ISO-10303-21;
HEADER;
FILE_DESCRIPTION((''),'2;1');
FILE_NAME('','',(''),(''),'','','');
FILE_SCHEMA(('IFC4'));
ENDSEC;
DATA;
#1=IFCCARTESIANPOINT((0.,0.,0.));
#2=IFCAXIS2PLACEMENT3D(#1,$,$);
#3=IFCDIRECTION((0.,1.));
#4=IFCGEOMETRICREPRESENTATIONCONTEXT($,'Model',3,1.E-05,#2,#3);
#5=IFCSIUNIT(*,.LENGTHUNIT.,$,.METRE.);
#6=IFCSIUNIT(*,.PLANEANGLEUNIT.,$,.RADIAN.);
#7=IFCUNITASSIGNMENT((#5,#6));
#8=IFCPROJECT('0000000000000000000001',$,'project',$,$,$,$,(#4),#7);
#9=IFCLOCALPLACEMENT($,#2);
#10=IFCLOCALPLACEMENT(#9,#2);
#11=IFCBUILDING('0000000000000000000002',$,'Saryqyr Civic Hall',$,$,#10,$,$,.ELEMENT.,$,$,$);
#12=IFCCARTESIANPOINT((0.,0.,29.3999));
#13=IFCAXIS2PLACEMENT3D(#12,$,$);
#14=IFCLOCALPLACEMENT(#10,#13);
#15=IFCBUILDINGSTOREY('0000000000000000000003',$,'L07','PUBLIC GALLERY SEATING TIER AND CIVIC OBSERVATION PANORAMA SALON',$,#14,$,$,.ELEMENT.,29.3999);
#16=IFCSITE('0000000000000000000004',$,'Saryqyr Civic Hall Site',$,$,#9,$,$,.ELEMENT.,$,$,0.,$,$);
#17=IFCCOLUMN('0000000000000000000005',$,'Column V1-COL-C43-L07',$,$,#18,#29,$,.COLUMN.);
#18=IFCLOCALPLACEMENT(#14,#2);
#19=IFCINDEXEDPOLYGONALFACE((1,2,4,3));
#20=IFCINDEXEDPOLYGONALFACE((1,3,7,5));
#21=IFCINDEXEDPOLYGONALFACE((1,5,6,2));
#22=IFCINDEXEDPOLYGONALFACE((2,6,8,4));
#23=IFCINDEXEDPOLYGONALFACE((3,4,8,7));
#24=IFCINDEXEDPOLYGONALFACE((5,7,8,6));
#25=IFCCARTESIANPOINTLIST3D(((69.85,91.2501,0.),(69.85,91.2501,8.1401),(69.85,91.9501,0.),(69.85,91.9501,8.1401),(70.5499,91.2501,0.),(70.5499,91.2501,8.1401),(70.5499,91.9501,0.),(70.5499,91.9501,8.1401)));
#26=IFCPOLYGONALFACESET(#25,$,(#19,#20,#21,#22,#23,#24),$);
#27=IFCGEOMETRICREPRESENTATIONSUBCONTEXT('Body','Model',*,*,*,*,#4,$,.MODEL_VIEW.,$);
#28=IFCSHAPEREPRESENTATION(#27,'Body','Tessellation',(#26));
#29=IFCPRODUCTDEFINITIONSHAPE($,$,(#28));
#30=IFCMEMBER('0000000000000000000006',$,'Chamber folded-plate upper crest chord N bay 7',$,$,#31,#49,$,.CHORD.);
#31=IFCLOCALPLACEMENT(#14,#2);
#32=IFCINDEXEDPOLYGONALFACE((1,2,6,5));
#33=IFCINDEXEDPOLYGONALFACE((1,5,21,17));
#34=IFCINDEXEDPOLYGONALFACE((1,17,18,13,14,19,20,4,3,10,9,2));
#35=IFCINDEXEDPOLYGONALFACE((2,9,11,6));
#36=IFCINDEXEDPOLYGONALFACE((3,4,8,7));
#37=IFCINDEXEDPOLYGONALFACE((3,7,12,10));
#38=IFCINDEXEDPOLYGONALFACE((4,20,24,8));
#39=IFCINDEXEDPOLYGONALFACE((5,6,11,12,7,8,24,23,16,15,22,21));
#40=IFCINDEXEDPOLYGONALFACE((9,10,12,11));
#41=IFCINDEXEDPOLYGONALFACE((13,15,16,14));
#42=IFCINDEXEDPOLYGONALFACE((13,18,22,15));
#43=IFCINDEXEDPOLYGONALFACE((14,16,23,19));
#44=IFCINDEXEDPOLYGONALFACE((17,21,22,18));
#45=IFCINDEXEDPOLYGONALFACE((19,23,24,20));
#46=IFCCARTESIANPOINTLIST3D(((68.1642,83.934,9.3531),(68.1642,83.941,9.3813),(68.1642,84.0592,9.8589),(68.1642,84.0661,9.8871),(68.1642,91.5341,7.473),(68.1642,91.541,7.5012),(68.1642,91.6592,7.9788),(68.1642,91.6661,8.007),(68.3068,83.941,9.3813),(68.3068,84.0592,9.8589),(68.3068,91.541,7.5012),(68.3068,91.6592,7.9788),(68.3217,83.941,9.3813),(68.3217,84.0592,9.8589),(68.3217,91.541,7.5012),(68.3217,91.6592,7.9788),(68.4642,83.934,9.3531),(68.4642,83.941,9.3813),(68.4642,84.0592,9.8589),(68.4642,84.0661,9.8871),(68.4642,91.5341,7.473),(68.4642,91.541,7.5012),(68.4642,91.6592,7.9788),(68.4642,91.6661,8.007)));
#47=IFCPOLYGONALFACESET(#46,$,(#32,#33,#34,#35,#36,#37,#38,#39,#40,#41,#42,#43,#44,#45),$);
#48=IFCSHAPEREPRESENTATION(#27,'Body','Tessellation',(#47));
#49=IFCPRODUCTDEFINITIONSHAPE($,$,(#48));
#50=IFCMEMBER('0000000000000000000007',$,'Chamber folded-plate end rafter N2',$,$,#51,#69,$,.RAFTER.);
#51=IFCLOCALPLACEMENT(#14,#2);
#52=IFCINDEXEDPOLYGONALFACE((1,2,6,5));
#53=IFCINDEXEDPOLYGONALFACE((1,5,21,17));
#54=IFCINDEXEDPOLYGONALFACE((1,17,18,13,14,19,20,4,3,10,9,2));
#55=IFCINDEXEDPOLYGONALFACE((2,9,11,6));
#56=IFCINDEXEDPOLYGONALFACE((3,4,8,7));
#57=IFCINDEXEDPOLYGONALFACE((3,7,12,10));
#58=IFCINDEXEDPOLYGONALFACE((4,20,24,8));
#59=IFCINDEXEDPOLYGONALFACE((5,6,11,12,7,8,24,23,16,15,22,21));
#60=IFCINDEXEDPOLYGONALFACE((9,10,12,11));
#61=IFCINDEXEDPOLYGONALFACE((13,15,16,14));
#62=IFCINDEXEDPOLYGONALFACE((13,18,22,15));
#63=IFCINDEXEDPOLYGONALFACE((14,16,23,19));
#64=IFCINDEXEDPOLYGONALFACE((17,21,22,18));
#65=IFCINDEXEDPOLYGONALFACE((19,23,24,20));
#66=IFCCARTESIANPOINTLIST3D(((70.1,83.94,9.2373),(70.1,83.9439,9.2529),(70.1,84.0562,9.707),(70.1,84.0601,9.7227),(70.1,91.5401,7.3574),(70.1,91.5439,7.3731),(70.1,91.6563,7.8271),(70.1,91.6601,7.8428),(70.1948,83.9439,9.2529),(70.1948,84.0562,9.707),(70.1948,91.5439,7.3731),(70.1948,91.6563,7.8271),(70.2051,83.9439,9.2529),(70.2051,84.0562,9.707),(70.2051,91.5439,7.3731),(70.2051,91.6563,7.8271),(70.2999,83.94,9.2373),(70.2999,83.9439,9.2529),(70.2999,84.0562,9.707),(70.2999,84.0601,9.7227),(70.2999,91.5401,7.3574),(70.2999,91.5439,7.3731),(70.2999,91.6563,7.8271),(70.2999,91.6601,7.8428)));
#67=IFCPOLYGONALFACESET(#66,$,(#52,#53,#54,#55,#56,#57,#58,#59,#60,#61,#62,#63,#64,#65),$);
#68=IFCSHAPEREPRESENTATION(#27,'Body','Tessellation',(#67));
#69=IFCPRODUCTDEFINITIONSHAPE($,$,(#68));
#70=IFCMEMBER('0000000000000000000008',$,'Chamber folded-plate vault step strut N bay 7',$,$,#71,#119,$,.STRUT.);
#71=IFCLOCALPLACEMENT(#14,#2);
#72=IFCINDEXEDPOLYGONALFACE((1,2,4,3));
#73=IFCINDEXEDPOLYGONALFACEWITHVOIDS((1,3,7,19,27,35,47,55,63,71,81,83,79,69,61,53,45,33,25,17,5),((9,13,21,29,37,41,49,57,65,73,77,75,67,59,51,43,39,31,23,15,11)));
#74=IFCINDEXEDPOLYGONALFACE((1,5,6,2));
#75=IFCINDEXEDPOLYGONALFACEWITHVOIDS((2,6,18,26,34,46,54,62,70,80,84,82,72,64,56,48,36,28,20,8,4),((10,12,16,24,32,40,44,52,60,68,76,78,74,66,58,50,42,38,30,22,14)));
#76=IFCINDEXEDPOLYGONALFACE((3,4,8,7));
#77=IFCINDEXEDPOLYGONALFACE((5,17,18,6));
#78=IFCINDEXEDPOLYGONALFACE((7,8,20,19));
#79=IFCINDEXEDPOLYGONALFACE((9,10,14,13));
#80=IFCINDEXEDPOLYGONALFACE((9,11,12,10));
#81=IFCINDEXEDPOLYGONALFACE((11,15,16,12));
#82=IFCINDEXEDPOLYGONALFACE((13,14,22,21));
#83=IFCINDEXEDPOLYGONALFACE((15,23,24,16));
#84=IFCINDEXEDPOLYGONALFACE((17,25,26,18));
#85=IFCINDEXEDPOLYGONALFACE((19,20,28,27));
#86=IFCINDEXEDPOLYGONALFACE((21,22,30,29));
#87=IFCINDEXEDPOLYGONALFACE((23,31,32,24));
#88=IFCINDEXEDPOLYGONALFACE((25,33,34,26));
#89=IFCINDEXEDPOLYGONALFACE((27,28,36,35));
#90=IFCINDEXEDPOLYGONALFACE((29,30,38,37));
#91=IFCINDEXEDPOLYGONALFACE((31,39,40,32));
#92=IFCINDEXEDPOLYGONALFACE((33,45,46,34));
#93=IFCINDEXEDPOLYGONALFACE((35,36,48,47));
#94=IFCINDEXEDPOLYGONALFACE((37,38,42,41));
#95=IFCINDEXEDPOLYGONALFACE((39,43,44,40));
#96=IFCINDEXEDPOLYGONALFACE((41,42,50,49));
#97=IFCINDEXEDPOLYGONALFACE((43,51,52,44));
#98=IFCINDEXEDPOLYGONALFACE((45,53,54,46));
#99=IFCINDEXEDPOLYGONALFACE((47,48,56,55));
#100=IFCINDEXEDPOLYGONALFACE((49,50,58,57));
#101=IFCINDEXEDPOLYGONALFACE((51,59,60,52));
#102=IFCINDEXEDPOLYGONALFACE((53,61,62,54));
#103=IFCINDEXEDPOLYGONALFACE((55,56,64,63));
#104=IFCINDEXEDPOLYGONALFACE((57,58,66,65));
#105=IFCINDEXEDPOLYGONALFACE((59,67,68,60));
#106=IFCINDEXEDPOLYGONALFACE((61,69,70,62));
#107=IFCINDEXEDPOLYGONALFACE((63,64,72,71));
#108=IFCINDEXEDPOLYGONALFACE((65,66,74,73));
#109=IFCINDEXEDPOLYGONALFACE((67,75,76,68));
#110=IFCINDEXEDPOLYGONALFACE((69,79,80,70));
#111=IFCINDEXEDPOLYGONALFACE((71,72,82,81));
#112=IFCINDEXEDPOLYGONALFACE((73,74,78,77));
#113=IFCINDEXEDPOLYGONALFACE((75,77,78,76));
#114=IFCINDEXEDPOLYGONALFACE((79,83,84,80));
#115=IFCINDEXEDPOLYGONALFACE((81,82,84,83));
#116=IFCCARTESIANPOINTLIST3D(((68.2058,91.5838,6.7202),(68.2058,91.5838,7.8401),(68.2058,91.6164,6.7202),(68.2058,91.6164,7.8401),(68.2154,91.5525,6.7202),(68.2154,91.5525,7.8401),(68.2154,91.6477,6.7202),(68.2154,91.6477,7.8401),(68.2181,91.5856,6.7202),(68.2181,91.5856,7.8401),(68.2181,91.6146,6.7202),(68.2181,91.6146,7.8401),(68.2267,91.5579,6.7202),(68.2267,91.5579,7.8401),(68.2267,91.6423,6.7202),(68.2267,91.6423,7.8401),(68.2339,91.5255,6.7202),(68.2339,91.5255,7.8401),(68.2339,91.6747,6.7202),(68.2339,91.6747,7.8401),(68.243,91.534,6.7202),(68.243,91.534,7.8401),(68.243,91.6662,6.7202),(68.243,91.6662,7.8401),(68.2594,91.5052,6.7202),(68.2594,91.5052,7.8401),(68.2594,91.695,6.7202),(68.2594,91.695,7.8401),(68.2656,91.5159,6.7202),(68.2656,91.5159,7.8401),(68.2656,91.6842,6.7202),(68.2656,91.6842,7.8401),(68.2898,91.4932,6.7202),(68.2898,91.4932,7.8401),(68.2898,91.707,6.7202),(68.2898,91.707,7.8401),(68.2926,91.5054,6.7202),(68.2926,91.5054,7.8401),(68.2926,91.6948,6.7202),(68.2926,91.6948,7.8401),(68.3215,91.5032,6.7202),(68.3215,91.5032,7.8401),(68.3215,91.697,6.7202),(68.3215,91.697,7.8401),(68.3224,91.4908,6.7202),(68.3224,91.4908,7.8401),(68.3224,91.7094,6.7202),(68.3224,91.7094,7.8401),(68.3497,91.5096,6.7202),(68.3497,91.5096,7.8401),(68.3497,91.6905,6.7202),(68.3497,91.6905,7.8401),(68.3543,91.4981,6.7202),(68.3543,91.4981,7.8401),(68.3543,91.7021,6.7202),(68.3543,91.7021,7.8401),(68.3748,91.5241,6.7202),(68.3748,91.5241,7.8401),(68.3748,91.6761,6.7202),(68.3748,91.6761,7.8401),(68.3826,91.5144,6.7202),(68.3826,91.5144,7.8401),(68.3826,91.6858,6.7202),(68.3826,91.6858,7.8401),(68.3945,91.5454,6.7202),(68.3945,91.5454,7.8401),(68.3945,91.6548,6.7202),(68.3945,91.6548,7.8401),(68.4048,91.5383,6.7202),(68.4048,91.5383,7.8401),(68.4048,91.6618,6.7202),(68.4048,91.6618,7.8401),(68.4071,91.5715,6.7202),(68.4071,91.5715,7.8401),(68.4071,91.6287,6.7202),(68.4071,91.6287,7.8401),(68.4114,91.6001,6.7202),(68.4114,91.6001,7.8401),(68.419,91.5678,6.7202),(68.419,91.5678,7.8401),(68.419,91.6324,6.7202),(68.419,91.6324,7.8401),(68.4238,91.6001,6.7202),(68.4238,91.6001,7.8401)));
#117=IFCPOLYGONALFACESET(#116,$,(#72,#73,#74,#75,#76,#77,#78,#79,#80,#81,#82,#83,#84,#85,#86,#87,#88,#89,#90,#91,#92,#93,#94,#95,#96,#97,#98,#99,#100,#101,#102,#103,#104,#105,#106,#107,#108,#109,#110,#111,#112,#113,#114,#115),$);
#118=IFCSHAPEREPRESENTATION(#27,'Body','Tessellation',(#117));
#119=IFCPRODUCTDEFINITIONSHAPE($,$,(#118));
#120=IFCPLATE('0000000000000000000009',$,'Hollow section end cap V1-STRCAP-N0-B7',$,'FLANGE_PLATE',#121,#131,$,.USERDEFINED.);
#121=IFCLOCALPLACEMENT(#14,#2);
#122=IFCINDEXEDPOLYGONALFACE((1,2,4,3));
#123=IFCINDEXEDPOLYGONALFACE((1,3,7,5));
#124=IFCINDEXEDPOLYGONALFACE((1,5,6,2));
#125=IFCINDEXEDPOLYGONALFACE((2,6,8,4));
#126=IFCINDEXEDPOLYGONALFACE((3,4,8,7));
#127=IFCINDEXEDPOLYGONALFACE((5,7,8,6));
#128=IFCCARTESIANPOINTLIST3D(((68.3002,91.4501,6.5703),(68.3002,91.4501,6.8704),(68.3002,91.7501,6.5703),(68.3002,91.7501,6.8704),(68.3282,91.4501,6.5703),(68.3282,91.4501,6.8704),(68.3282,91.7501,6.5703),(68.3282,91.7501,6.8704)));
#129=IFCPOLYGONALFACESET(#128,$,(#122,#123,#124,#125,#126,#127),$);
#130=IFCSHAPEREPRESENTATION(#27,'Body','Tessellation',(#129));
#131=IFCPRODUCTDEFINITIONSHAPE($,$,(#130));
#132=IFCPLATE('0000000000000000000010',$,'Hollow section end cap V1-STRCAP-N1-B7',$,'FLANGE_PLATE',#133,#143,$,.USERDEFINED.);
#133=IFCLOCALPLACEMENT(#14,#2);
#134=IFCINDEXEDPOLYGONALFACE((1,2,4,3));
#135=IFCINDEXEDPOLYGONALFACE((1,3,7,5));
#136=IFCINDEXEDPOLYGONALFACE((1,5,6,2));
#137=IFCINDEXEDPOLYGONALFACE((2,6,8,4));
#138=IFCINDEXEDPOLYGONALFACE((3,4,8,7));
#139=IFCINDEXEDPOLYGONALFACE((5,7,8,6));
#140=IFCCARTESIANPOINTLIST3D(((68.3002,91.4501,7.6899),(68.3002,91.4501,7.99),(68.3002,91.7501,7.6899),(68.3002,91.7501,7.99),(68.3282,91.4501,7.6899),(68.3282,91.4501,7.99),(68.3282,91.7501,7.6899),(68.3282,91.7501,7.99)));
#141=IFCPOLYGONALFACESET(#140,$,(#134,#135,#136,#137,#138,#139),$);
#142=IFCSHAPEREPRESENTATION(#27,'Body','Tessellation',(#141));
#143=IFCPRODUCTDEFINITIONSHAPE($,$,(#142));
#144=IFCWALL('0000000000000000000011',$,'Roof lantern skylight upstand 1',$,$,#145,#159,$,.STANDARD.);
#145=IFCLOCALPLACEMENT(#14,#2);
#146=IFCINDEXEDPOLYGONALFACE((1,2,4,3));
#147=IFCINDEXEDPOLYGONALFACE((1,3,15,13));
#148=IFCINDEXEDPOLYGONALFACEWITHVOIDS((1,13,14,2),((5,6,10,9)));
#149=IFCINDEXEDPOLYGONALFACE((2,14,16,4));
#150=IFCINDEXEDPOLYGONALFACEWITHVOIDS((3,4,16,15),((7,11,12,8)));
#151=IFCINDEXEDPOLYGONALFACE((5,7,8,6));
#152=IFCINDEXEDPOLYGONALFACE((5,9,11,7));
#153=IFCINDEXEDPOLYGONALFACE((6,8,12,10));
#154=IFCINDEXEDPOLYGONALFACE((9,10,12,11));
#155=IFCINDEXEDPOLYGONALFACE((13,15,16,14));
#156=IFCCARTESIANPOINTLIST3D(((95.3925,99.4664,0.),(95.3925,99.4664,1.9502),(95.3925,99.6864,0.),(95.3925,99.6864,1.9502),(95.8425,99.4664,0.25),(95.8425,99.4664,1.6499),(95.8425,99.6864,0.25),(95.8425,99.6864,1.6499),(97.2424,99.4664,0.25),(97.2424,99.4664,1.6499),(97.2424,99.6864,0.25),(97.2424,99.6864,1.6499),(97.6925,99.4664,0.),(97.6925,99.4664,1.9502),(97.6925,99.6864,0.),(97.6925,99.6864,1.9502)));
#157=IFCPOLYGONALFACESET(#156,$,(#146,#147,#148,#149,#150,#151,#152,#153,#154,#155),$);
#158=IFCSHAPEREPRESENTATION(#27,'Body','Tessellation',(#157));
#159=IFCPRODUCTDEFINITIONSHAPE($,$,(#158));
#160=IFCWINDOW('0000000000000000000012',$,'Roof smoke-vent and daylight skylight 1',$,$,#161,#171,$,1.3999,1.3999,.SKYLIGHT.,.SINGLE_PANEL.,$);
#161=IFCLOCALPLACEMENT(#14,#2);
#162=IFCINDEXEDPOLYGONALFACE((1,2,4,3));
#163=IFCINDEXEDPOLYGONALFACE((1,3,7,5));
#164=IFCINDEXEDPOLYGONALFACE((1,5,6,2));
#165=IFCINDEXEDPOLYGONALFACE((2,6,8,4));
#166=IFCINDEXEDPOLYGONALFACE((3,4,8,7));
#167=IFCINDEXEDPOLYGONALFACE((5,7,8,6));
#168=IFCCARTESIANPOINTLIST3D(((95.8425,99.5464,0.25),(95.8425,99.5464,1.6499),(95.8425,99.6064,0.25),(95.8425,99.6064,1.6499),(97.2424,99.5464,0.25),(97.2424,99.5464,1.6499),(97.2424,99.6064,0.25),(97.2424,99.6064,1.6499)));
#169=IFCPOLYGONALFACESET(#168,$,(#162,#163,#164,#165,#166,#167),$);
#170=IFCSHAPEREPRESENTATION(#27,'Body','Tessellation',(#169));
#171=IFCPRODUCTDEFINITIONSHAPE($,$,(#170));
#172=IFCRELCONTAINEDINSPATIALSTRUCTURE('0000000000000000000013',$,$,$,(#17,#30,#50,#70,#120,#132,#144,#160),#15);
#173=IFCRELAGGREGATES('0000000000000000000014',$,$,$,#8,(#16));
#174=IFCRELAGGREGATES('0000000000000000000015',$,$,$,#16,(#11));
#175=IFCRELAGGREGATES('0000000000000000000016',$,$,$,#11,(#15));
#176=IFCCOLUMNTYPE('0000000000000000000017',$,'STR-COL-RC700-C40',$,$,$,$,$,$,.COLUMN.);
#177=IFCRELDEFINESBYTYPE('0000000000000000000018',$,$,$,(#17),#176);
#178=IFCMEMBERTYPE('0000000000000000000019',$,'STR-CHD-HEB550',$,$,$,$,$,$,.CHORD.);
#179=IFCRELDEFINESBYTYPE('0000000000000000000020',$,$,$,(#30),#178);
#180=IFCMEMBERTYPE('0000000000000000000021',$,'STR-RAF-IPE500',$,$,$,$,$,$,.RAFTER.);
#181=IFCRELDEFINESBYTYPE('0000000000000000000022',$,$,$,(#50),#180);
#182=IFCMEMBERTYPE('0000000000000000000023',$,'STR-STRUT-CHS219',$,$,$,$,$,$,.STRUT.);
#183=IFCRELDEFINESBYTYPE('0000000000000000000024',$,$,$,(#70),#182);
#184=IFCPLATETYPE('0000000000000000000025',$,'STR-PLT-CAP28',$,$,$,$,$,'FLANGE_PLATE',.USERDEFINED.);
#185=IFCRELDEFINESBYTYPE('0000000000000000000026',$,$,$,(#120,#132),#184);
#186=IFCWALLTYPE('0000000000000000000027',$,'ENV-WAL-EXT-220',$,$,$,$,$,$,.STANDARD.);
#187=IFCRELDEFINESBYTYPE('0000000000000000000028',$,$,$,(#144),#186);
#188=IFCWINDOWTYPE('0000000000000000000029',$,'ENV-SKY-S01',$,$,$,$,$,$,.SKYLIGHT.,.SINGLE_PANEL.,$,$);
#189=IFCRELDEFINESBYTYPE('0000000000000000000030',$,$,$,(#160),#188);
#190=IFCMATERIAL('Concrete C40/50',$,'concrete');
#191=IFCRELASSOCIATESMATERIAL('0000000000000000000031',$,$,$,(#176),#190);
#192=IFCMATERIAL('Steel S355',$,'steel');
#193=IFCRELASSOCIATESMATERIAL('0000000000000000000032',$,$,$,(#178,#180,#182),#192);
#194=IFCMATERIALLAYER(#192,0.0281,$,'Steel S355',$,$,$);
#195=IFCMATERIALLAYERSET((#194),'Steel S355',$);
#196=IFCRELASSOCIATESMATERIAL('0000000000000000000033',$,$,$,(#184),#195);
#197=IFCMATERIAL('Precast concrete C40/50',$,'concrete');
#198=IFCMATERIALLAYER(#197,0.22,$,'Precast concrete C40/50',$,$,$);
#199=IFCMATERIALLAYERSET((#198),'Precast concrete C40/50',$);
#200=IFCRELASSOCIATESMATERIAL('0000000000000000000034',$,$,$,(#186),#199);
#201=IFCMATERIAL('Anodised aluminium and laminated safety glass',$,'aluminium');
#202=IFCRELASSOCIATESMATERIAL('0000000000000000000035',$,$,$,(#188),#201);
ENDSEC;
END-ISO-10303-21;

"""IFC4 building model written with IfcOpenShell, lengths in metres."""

from ifc_helpers import new_model, si_unit, direction, frame, frame_2d, origin, origin_2d, place, context, subcontext, project, spatial, rectangle, hollow_circle, i_section, extrude, material, layer, layer_set, material_profile, profile_set, type_object, element, fill, save


model = new_model("IFC4")

# Units and contexts
model_context = context("Model", 3, precision=1e-05, world=origin(), true_north=direction((0.0, 1.0)))
body_context = subcontext(model_context, "Body", "Model", "MODEL_VIEW")
ifc_project = project(units=[si_unit("LENGTHUNIT", "METRE"), si_unit("PLANEANGLEUNIT", "RADIAN")], contexts=[model_context])

# Site, building, storey
site_placement = place(None, origin())
site = spatial("IfcSite", under=ifc_project, at=site_placement, Name="Saryqyr Civic Hall Site", CompositionType="ELEMENT", RefElevation=0.0)
building_placement = place(site_placement, origin())
building = spatial("IfcBuilding", under=site, at=building_placement, Name="Saryqyr Civic Hall", CompositionType="ELEMENT")
storey_placement = place(building_placement, frame((0.0, 0.0, 29.3999)))
storey = spatial("IfcBuildingStorey", under=building, at=storey_placement, Name="L07", Description="PUBLIC GALLERY SEATING TIER AND CIVIC OBSERVATION PANORAMA SALON", CompositionType="ELEMENT", Elevation=29.3999)

# Column
ifc_material_1 = material(Name="Concrete C40/50", Category="concrete")
ifc_material_profile_1 = material_profile(ifc_material_1, rectangle(XDim=0.7, YDim=0.7, at=origin_2d()), Name="RC 700x700")
ifc_profile_set_1 = profile_set([ifc_material_profile_1], Name="Concrete C40/50")
column_type = type_object("IfcColumnType", Name="STR-COL-RC700-C40", PredefinedType="COLUMN", material=ifc_profile_set_1)
column_placement = place(storey_placement, frame((70.2, 91.6001, 0.0), z_axis=(0.0, 0.0, 1.0), x_axis=(1.0, 0.0, 0.0)))
element("IfcColumn", 1, at=column_placement, inside=storey, type_object=column_type, Name="Column V1-COL-C43-L07", PredefinedType="COLUMN", context=body_context, shape_type="SweptSolid", body=[
    extrude(rectangle(XDim=0.7, YDim=0.7, at=origin_2d()), origin(), (0.0, 0.0, 1.0), 8.1401),
])

# Members
ifc_material_2 = material(Name="Steel S355", Category="steel")
ifc_material_profile_2 = material_profile(ifc_material_2, i_section(OverallWidth=0.3, OverallDepth=0.55, WebThickness=0.0149, FlangeThickness=0.0291, at=origin_2d()), Name="HEB 550")
ifc_profile_set_2 = profile_set([ifc_material_profile_2], Name="Steel S355")
member_type_1 = type_object("IfcMemberType", Name="STR-CHD-HEB550", PredefinedType="CHORD", material=ifc_profile_set_2)
member_1_placement = place(storey_placement, frame((68.3142, 91.6001, 7.74), z_axis=(0.0, -0.970738, 0.240143), x_axis=(1.0, 0.0, 0.0)))
element("IfcMember", 2, at=member_1_placement, inside=storey, type_object=member_type_1, Name="Chamber folded-plate upper crest chord N bay 7", PredefinedType="CHORD", context=body_context, shape_type="SweptSolid", body=[
    extrude(i_section(OverallWidth=0.3, OverallDepth=0.55, WebThickness=0.0149, FlangeThickness=0.0291, at=origin_2d()), origin(), (0.0, 0.0, 1.0), 7.8291),
])
ifc_material_profile_3 = material_profile(ifc_material_2, i_section(OverallWidth=0.2, OverallDepth=0.5, WebThickness=0.0103, FlangeThickness=0.0161, at=origin_2d()), Name="IPE 500")
ifc_profile_set_3 = profile_set([ifc_material_profile_3], Name="Steel S355")
member_type_2 = type_object("IfcMemberType", Name="STR-RAF-IPE500", PredefinedType="RAFTER", material=ifc_profile_set_3)
member_2_placement = place(storey_placement, frame((70.2, 91.6001, 7.6001), z_axis=(0.0, -0.970745, 0.240114), x_axis=(1.0, 0.0, 0.0)))
element("IfcMember", 3, at=member_2_placement, inside=storey, type_object=member_type_2, Name="Chamber folded-plate end rafter N2", PredefinedType="RAFTER", context=body_context, shape_type="SweptSolid", body=[
    extrude(i_section(OverallWidth=0.2, OverallDepth=0.5, WebThickness=0.0103, FlangeThickness=0.0161, at=origin_2d()), origin(), (0.0, 0.0, 1.0), 7.8291),
])
ifc_material_profile_4 = material_profile(ifc_material_2, hollow_circle(Radius=0.1096, WallThickness=0.0125, at=origin_2d()), Name="CHS 219.1x12.5")
ifc_profile_set_4 = profile_set([ifc_material_profile_4], Name="Steel S355")
member_type_3 = type_object("IfcMemberType", Name="STR-STRUT-CHS219", PredefinedType="STRUT", material=ifc_profile_set_4)
member_3_placement = place(storey_placement, frame((68.3142, 91.6001, 6.7202), z_axis=(0.0, 0.0, 1.0), x_axis=(1.0, 0.0, 0.0)))
element("IfcMember", 4, at=member_3_placement, inside=storey, type_object=member_type_3, Name="Chamber folded-plate vault step strut N bay 7", PredefinedType="STRUT", context=body_context, shape_type="SweptSolid", body=[
    extrude(hollow_circle(Radius=0.1096, WallThickness=0.0125, at=origin_2d()), origin(), (0.0, 0.0, 1.0), 1.1199),
])

# Plates
ifc_layer_1 = layer(ifc_material_2, 0.0281, Name="Steel S355")
ifc_layer_set_1 = layer_set([ifc_layer_1], Name="Steel S355")
plate_type = type_object("IfcPlateType", Name="STR-PLT-CAP28", ElementType="FLANGE_PLATE", PredefinedType="USERDEFINED", material=ifc_layer_set_1)
for number, where, z_axis, x_axis, name in (
    (5, (68.3142, 91.6001, 6.5703), (0.0, 0.0, 1.0), (1.0, 0.0, 0.0), "Hollow section end cap V1-STRCAP-N0-B7"),
    (6, (68.3142, 91.6001, 7.6899), (0.0, 0.0, 1.0), (1.0, 0.0, 0.0), "Hollow section end cap V1-STRCAP-N1-B7"),
):
    element("IfcPlate", number, at=place(storey_placement, frame(where, z_axis=z_axis, x_axis=x_axis)), inside=storey, type_object=plate_type, Name=name, ObjectType="FLANGE_PLATE", PredefinedType="USERDEFINED", context=body_context, shape_type="SweptSolid", body=[
        extrude(rectangle(XDim=0.0281, YDim=0.3, at=origin_2d()), origin(), (0.0, 0.0, 1.0), 0.3),
    ])

# Wall, opening, window
ifc_material_3 = material(Name="Precast concrete C40/50", Category="concrete")
ifc_layer_2 = layer(ifc_material_3, 0.22, Name="Precast concrete C40/50")
ifc_layer_set_2 = layer_set([ifc_layer_2], Name="Precast concrete C40/50")
wall_type_1 = type_object("IfcWallType", Name="ENV-WAL-EXT-220", PredefinedType="STANDARD", material=ifc_layer_set_2)
wall_1_placement = place(storey_placement, frame((95.3926, 99.5764, 0.0), z_axis=(0.0, 0.0, 1.0), x_axis=(1.0, 0.0, 0.0)))
wall_1 = element("IfcWall", 7, at=wall_1_placement, inside=storey, type_object=wall_type_1, Name="Roof lantern skylight upstand 1", PredefinedType="STANDARD", context=body_context, shape_type="SweptSolid", body=[
    extrude(rectangle(XDim=2.3, YDim=0.22, at=frame_2d((1.1499, 0.0))), origin(), (0.0, 0.0, 1.0), 1.9502),
])
opening_1_placement = place(wall_1_placement, frame((0.45, 0.0, 0.25)))
opening_1 = element("IfcOpeningElement", 8, at=opening_1_placement, cuts=wall_1, PredefinedType="OPENING", context=body_context, shape_type="SweptSolid", body=[
    extrude(rectangle(XDim=1.3999, YDim=1.3999, at=frame_2d((0.7, 0.7))), frame((0.0, 0.1199, 0.0), z_axis=(0.0, -1.0, 0.0), x_axis=(1.0, 0.0, 0.0)), (0.0, 0.0, 1.0), 0.24),
])
ifc_material_4 = material(Name="Anodised aluminium and laminated safety glass", Category="aluminium")
window_type_1 = type_object("IfcWindowType", Name="ENV-SKY-S01", PartitioningType="SINGLE_PANEL", PredefinedType="SKYLIGHT", material=ifc_material_4)
window_1_placement = place(opening_1_placement, origin())
window_1 = element("IfcWindow", 9, at=window_1_placement, inside=storey, type_object=window_type_1, Name="Roof smoke-vent and daylight skylight 1", OverallHeight=1.3999, OverallWidth=1.3999, PartitioningType="SINGLE_PANEL", PredefinedType="SKYLIGHT", context=body_context, shape_type="SweptSolid", body=[
    extrude(rectangle(XDim=1.3999, YDim=1.3999, at=frame_2d((0.7, 0.7))), frame((0.0, 0.03, 0.0), z_axis=(0.0, -1.0, 0.0), x_axis=(1.0, 0.0, 0.0)), (0.0, 0.0, 1.0), 0.0601),
])
fill(opening_1, window_1)

save(model, "model.ifc")
